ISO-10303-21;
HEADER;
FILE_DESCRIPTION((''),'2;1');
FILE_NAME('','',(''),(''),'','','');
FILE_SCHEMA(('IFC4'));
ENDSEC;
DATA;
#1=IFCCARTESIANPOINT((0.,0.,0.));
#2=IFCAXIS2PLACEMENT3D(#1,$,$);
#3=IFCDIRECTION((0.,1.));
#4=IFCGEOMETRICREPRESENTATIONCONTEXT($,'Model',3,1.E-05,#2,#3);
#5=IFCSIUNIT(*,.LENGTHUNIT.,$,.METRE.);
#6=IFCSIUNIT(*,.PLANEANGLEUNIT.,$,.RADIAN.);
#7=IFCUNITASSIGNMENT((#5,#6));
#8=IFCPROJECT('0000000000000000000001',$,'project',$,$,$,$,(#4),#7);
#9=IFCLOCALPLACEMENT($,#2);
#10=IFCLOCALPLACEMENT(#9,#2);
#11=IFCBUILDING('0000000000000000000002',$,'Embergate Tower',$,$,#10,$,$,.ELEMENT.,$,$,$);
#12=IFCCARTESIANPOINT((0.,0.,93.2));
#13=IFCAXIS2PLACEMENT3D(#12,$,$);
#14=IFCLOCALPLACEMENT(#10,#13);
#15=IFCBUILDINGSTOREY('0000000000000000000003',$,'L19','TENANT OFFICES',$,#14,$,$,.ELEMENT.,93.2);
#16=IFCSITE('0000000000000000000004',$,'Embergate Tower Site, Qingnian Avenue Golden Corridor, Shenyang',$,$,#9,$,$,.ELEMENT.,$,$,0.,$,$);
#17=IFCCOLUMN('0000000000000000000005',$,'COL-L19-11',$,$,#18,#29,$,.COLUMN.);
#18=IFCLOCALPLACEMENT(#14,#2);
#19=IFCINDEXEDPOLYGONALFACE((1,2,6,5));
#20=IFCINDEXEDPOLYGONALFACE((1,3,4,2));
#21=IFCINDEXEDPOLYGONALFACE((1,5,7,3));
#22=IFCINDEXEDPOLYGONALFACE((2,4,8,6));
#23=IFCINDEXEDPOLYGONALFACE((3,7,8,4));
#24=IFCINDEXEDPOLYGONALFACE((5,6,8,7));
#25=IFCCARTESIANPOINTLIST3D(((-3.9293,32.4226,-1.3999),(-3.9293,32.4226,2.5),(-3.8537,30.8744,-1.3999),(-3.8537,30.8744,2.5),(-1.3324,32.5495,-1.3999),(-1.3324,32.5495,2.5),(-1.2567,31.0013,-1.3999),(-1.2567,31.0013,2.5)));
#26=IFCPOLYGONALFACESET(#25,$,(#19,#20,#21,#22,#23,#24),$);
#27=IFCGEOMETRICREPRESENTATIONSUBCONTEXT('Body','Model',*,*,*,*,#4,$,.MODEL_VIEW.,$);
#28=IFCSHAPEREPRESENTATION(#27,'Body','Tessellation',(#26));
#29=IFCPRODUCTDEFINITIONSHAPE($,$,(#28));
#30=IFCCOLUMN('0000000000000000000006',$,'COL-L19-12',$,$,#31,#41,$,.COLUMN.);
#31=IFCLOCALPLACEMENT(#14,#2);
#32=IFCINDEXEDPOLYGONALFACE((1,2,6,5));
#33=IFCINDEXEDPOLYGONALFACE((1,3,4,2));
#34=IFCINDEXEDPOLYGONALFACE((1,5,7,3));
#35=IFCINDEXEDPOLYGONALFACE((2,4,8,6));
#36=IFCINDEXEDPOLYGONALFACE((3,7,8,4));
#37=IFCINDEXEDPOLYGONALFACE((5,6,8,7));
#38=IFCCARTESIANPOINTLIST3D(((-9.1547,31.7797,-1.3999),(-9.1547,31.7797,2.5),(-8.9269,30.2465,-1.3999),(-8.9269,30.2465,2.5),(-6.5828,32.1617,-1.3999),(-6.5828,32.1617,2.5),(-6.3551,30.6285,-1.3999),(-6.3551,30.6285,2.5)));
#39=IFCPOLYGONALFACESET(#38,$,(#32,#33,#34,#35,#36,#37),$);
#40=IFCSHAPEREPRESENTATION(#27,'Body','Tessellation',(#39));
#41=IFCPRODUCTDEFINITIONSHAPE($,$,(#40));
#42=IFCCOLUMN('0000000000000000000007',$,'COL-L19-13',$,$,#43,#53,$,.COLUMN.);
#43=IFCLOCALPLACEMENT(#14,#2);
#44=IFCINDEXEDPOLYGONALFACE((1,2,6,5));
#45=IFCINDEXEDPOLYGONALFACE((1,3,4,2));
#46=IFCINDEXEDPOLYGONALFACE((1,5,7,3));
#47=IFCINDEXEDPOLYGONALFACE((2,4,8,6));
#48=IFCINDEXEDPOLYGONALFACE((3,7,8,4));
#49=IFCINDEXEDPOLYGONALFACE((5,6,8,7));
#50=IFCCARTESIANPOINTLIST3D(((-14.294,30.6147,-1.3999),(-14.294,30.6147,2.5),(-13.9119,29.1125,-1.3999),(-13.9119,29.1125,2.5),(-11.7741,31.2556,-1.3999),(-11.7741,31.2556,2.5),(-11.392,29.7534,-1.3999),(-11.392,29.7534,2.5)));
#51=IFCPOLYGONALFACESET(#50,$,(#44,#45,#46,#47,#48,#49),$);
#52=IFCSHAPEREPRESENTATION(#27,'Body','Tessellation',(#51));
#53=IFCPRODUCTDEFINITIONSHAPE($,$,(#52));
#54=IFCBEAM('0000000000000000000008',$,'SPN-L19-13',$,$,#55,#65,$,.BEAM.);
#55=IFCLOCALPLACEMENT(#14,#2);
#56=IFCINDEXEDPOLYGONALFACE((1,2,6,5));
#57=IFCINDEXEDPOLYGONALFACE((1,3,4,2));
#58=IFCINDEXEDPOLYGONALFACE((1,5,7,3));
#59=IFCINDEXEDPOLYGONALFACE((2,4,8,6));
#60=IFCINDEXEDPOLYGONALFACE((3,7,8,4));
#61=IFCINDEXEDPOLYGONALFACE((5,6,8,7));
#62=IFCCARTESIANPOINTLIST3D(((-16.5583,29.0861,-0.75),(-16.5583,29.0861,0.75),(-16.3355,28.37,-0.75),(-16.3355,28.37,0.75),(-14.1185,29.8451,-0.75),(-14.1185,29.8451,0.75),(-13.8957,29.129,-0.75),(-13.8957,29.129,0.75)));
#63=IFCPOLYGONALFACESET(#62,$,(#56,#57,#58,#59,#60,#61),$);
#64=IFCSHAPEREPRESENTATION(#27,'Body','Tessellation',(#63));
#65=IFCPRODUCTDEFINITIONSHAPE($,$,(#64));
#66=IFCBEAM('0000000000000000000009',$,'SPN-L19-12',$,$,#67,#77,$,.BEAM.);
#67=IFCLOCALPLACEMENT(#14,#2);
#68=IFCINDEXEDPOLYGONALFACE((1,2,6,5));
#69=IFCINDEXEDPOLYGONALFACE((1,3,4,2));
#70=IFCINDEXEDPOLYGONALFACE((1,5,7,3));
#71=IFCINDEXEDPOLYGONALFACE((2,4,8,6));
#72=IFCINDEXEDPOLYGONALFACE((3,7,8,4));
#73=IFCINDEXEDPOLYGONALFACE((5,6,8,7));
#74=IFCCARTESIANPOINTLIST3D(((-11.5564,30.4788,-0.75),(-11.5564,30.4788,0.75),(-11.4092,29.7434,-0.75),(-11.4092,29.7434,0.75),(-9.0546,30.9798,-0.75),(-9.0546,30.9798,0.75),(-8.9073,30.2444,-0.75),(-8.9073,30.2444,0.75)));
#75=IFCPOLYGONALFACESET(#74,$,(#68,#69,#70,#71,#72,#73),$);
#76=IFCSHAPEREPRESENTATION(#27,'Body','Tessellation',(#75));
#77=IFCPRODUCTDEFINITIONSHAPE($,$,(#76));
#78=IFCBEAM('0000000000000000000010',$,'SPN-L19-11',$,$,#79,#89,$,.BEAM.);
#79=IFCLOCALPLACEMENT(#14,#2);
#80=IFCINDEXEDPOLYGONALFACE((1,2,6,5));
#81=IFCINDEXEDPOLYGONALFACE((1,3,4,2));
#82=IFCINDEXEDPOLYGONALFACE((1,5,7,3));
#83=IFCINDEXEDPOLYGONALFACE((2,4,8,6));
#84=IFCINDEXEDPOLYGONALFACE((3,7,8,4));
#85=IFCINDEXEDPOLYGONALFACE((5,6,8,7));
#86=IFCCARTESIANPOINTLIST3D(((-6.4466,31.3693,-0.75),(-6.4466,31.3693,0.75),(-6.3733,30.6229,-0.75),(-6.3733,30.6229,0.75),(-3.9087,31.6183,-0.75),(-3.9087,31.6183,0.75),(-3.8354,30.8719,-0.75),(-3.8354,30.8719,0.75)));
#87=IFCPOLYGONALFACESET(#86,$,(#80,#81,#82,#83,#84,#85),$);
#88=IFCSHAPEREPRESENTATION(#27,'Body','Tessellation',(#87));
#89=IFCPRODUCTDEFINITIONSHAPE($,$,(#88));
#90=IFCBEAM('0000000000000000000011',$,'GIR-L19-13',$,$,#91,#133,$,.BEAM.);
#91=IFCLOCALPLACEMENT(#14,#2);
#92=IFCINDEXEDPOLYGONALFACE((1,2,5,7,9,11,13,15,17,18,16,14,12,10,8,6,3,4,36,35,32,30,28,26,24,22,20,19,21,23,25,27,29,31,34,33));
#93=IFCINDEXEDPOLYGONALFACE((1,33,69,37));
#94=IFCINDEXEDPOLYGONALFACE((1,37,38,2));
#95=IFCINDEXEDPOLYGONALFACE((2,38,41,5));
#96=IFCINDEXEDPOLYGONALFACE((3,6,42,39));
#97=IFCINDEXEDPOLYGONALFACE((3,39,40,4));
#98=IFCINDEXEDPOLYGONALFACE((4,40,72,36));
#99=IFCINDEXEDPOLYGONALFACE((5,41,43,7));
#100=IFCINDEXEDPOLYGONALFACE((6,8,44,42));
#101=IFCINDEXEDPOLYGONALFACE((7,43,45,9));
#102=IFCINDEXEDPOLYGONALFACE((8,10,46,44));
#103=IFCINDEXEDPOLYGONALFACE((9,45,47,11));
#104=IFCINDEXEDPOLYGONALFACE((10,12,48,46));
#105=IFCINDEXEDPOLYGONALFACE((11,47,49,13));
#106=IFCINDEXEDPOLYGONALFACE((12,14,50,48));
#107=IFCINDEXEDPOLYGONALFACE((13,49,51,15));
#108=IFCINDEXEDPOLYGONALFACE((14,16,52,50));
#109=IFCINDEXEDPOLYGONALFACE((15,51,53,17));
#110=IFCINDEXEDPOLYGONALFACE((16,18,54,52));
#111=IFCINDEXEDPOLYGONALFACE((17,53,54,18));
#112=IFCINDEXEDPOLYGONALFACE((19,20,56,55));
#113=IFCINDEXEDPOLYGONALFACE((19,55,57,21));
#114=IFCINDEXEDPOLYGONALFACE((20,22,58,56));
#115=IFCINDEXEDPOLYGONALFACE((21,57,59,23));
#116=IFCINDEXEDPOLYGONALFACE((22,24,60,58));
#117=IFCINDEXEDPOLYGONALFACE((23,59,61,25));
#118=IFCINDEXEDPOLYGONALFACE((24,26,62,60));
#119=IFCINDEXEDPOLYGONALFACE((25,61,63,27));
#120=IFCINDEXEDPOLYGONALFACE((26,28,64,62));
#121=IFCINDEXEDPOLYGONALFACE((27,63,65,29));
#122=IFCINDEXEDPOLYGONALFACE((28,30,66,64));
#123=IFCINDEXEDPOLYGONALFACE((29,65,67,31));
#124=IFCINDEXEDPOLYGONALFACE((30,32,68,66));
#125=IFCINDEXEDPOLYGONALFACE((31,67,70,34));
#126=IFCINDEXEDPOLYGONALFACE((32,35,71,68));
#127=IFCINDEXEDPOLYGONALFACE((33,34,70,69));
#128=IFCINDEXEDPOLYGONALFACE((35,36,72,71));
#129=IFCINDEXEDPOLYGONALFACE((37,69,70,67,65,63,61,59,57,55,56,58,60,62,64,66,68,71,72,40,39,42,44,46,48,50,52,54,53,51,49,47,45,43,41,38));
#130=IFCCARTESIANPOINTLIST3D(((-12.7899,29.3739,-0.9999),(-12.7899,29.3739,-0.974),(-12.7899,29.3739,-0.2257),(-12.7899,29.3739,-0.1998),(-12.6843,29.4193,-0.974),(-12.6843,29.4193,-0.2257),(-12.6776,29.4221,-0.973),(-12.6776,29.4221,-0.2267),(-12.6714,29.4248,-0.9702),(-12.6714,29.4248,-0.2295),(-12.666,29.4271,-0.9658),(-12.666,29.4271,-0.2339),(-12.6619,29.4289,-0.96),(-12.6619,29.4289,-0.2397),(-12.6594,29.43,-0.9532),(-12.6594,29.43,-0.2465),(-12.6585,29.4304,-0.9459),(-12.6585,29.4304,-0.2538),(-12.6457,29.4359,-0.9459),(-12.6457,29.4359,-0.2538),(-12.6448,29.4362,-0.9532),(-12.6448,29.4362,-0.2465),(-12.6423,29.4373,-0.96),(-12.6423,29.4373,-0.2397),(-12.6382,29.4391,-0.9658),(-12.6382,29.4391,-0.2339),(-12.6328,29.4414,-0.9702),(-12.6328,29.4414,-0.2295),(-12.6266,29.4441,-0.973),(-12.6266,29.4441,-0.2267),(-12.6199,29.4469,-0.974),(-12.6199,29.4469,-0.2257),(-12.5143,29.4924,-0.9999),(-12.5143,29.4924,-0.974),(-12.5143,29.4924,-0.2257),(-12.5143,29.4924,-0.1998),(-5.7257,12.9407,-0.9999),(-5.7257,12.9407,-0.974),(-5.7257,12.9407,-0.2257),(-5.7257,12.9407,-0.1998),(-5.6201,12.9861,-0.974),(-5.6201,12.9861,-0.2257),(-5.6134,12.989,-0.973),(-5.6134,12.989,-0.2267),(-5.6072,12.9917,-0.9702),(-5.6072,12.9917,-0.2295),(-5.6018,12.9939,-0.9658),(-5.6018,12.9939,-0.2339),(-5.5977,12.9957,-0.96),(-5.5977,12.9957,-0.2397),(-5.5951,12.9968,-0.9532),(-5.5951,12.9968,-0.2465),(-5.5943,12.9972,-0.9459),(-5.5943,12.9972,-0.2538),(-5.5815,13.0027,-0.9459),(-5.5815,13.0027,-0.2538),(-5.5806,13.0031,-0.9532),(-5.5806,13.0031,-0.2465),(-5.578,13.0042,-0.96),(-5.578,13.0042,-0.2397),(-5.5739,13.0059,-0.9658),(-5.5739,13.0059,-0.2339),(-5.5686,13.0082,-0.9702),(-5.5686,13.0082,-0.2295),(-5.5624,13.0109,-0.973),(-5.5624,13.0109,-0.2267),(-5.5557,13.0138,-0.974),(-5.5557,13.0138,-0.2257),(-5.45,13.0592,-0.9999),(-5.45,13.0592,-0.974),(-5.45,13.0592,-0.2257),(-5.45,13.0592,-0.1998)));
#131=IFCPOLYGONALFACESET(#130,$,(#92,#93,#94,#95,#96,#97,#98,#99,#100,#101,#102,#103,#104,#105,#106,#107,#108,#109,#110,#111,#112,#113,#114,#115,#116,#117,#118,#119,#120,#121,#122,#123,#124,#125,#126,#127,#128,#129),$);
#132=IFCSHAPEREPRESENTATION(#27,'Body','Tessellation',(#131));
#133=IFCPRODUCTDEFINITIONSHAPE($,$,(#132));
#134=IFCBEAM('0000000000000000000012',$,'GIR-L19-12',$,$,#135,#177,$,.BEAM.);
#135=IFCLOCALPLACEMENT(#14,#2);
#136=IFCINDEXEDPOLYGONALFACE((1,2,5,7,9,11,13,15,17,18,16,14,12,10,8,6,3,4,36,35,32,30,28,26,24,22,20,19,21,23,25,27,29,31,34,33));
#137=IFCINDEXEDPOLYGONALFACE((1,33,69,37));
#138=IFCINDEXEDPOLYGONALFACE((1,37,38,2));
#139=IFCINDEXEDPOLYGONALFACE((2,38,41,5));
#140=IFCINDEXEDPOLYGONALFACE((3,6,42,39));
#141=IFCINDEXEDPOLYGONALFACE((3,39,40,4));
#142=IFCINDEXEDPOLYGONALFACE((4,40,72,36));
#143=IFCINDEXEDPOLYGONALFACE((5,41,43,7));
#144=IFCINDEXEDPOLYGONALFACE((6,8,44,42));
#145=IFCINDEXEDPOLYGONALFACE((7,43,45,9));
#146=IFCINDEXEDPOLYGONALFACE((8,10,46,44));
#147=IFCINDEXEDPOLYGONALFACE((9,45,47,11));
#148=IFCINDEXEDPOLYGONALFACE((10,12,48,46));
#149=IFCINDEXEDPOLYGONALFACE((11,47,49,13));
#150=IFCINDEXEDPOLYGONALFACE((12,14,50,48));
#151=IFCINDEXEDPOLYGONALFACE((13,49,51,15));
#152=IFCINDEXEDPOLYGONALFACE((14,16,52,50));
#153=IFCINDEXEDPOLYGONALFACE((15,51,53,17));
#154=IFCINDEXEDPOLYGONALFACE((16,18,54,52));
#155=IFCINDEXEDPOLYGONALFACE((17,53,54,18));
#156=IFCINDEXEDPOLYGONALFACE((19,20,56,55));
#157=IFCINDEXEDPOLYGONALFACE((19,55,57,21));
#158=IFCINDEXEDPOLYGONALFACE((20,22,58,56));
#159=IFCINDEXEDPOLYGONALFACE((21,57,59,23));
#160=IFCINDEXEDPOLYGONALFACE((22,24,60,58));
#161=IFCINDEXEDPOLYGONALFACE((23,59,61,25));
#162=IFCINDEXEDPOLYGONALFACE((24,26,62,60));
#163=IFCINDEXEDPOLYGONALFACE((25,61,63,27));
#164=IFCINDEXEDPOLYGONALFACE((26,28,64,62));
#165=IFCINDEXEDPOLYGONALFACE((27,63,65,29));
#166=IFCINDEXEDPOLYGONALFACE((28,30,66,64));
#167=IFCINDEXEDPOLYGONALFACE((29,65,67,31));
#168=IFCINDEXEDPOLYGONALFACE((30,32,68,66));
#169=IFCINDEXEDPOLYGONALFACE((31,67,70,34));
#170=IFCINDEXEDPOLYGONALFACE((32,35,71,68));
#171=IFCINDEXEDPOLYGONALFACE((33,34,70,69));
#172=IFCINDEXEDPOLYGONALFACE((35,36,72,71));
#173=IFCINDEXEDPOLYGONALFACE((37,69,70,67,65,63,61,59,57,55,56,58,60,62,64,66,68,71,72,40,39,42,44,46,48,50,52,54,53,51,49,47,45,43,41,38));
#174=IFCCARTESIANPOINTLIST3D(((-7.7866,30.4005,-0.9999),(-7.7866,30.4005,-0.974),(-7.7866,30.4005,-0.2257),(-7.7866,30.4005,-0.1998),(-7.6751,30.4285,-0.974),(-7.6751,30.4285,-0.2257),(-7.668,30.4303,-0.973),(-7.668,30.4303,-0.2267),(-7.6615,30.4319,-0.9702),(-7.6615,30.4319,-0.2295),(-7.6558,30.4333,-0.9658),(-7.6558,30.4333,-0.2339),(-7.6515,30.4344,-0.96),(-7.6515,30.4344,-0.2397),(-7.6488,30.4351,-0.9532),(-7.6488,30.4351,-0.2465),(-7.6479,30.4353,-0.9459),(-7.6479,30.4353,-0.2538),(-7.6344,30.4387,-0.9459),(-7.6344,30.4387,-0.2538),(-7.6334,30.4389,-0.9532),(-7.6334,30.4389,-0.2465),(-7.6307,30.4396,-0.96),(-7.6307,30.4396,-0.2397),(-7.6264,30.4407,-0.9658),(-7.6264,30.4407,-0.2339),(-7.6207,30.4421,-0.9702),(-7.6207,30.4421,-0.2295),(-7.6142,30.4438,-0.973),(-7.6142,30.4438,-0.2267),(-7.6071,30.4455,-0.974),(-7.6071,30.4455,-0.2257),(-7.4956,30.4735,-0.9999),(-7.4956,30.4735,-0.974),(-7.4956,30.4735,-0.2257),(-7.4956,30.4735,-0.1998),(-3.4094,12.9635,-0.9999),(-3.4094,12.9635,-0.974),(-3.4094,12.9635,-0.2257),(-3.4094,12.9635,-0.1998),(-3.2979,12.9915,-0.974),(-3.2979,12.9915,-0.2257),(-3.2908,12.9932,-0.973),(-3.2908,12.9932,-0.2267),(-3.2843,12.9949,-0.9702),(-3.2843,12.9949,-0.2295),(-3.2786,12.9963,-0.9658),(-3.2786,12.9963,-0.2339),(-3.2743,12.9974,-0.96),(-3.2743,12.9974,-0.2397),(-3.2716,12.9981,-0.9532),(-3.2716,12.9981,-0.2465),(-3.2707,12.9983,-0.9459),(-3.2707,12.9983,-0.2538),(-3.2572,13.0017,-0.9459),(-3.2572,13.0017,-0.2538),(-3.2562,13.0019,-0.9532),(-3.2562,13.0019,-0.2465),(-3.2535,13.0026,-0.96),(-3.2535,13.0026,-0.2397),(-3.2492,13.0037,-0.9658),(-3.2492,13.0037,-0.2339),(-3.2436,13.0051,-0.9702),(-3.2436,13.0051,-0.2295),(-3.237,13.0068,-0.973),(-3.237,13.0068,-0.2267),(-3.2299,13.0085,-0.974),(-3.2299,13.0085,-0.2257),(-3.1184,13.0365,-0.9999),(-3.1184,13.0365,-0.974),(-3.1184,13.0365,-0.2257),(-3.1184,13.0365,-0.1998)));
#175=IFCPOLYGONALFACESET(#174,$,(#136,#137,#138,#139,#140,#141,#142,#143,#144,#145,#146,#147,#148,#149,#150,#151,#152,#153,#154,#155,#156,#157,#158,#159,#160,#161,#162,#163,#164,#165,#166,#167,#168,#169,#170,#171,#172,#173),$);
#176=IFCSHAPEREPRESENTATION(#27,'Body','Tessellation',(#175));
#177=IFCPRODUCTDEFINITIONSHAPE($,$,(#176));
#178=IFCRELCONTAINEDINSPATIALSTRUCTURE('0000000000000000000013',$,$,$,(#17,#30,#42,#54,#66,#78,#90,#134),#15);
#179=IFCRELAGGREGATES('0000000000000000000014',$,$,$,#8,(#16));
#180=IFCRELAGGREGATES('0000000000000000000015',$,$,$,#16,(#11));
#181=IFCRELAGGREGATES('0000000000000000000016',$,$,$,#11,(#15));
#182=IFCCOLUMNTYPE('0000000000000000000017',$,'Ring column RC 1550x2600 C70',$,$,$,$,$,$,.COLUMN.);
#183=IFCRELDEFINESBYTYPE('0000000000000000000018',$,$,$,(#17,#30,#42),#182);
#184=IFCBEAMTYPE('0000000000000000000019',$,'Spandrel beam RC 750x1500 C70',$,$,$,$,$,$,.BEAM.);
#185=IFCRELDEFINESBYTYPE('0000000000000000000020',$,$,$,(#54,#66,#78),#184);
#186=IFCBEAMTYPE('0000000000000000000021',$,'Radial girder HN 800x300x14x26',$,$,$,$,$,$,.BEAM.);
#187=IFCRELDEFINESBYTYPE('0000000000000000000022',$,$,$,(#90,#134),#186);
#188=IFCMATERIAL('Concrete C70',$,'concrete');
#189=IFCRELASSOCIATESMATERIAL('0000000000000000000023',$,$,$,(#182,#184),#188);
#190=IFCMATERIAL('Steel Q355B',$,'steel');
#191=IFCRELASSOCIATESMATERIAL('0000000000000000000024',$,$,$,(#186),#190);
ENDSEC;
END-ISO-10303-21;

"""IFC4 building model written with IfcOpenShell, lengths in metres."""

from ifc_helpers import new_model, si_unit, direction, frame, origin, origin_2d, place, context, subcontext, project, spatial, rectangle, i_section, extrude, source, transform, mapped, material, material_profile, profile_set, type_object, element, save


model = new_model("IFC4")

# Units and contexts
model_context = context("Model", 3, precision=1e-05, world=origin(), true_north=direction((0.0, 1.0)))
body_context = subcontext(model_context, "Body", "Model", "MODEL_VIEW")
ifc_project = project(units=[si_unit("LENGTHUNIT", "METRE"), si_unit("PLANEANGLEUNIT", "RADIAN")], contexts=[model_context])

# Site, building, storey
site_placement = place(None, origin())
site = spatial("IfcSite", under=ifc_project, at=site_placement, Name="Embergate Tower Site, Qingnian Avenue Golden Corridor, Shenyang", CompositionType="ELEMENT", RefElevation=0.0)
building_placement = place(site_placement, origin())
building = spatial("IfcBuilding", under=site, at=building_placement, Name="Embergate Tower", CompositionType="ELEMENT")
storey_placement = place(building_placement, frame((0.0, 0.0, 93.2)))
storey = spatial("IfcBuildingStorey", under=building, at=storey_placement, Name="L19", Description="TENANT OFFICES", CompositionType="ELEMENT", Elevation=93.2)

# Columns
ifc_material_1 = material(Name="Concrete C70", Category="concrete")
ifc_material_profile_1 = material_profile(ifc_material_1, rectangle(XDim=1.55, YDim=2.6001, at=origin_2d()), Name="RC 1550x2600")
ifc_profile_set_1 = profile_set([ifc_material_profile_1], Name="Concrete C70")
column_type = type_object("IfcColumnType", Name="Ring column RC 1550x2600 C70", PredefinedType="COLUMN", material=ifc_profile_set_1)
shared_shape_1 = source(origin(), body_context, "Body", "SweptSolid", [
    extrude(rectangle(XDim=1.55, YDim=2.6001, at=origin_2d()), origin(), (0.0, 0.0, 1.0), 3.8999),
])
for number, where, z_axis, x_axis, name in (
    (1, (-2.593, 31.7119, -1.3999), (0.0, 0.0, 1.0), (-0.048815, 0.998808, 0.0), "COL-L19-11"),
    (2, (-7.7549, 31.2041, -1.3999), (0.0, 0.0, 1.0), (-0.146929, 0.989147, 0.0), "COL-L19-12"),
    (3, (-12.843, 30.1841, -1.3999), (0.0, 0.0, 1.0), (-0.246492, 0.969145, 0.0), "COL-L19-13"),
):
    element("IfcColumn", number, at=place(storey_placement, frame(where, z_axis=z_axis, x_axis=x_axis)), inside=storey, type_object=column_type, Name=name, PredefinedType="COLUMN", context=body_context, shape_type="MappedRepresentation", body=[
        mapped(shared_shape_1, transform((0.0, 0.0, 0.0))),
    ])

# Beams
ifc_material_profile_2 = material_profile(ifc_material_1, rectangle(XDim=0.75, YDim=1.5, at=origin_2d()), Name="RC 750x1500")
ifc_profile_set_2 = profile_set([ifc_material_profile_2], Name="Concrete C70")
beam_type_1 = type_object("IfcBeamType", Name="Spandrel beam RC 750x1500 C70", PredefinedType="BEAM", material=ifc_profile_set_2)
shared_shape_2 = source(origin(), body_context, "Body", "SweptSolid", [
    extrude(rectangle(XDim=0.75, YDim=1.5, at=origin_2d()), origin(), (0.0, 0.0, 1.0), 2.5552),
])
beam_1_placement = place(storey_placement, frame((-14.0071, 29.4871, 0.0), z_axis=(-0.954863, -0.297045, 0.0), x_axis=(0.297045, -0.954863, 0.0)))
element("IfcBeam", 4, at=beam_1_placement, inside=storey, type_object=beam_type_1, Name="SPN-L19-13", PredefinedType="BEAM", context=body_context, shape_type="MappedRepresentation", body=[
    mapped(shared_shape_2, transform((0.0, 0.0, 0.0))),
])
shared_shape_3 = source(origin(), body_context, "Body", "SweptSolid", [
    extrude(rectangle(XDim=0.75, YDim=1.5, at=origin_2d()), origin(), (0.0, 0.0, 1.0), 2.5515),
])
beam_2_placement = place(storey_placement, frame((-8.981, 30.6121, 0.0), z_axis=(-0.980536, -0.196337, 0.0), x_axis=(0.196337, -0.980536, 0.0)))
element("IfcBeam", 5, at=beam_2_placement, inside=storey, type_object=beam_type_1, Name="SPN-L19-12", PredefinedType="BEAM", context=body_context, shape_type="MappedRepresentation", body=[
    mapped(shared_shape_3, transform((0.0, 0.0, 0.0))),
])
shared_shape_4 = source(origin(), body_context, "Body", "SweptSolid", [
    extrude(rectangle(XDim=0.75, YDim=1.5, at=origin_2d()), origin(), (0.0, 0.0, 1.0), 2.55),
])
beam_3_placement = place(storey_placement, frame((-3.8721, 31.2451, 0.0), z_axis=(-0.99522, -0.097655, 0.0), x_axis=(0.097655, -0.99522, 0.0)))
element("IfcBeam", 6, at=beam_3_placement, inside=storey, type_object=beam_type_1, Name="SPN-L19-11", PredefinedType="BEAM", context=body_context, shape_type="MappedRepresentation", body=[
    mapped(shared_shape_4, transform((0.0, 0.0, 0.0))),
])
ifc_material_2 = material(Name="Steel Q355B", Category="steel")
ifc_material_profile_3 = material_profile(ifc_material_2, i_section(OverallWidth=0.3, OverallDepth=0.8, WebThickness=0.0139, FlangeThickness=0.0259, FilletRadius=0.0281, at=origin_2d()), Name="HN 800x300x14x26")
ifc_profile_set_3 = profile_set([ifc_material_profile_3], Name="Steel Q355 grade B")
beam_type_2 = type_object("IfcBeamType", Name="Radial girder HN 800x300x14x26", PredefinedType="BEAM", material=ifc_profile_set_3)
shared_shape_5 = source(origin(), body_context, "Body", "SweptSolid", [
    extrude(i_section(OverallWidth=0.3, OverallDepth=0.8, WebThickness=0.0139, FlangeThickness=0.0259, FilletRadius=0.0281, at=origin_2d()), origin(), (0.0, 0.0, 1.0), 17.8872),
])
beam_4_placement = place(storey_placement, frame((-12.6521, 29.4331, -0.5999), z_axis=(0.394932, -0.91871, 0.0), x_axis=(0.91871, 0.394932, 0.0)))
element("IfcBeam", 7, at=beam_4_placement, inside=storey, type_object=beam_type_2, Name="GIR-L19-13", PredefinedType="BEAM", context=body_context, shape_type="MappedRepresentation", body=[
    mapped(shared_shape_5, transform((0.0, 0.0, 0.0))),
])
shared_shape_6 = source(origin(), body_context, "Body", "SweptSolid", [
    extrude(i_section(OverallWidth=0.3, OverallDepth=0.8, WebThickness=0.0139, FlangeThickness=0.0259, FilletRadius=0.0281, at=origin_2d()), origin(), (0.0, 0.0, 1.0), 17.978),
])
beam_5_placement = place(storey_placement, frame((-7.6411, 30.437, -0.5999), z_axis=(0.243475, -0.969907, 0.0), x_axis=(0.969907, 0.243475, 0.0)))
element("IfcBeam", 8, at=beam_5_placement, inside=storey, type_object=beam_type_2, Name="GIR-L19-12", PredefinedType="BEAM", context=body_context, shape_type="MappedRepresentation", body=[
    mapped(shared_shape_6, transform((0.0, 0.0, 0.0))),
])

save(model, "model.ifc")
